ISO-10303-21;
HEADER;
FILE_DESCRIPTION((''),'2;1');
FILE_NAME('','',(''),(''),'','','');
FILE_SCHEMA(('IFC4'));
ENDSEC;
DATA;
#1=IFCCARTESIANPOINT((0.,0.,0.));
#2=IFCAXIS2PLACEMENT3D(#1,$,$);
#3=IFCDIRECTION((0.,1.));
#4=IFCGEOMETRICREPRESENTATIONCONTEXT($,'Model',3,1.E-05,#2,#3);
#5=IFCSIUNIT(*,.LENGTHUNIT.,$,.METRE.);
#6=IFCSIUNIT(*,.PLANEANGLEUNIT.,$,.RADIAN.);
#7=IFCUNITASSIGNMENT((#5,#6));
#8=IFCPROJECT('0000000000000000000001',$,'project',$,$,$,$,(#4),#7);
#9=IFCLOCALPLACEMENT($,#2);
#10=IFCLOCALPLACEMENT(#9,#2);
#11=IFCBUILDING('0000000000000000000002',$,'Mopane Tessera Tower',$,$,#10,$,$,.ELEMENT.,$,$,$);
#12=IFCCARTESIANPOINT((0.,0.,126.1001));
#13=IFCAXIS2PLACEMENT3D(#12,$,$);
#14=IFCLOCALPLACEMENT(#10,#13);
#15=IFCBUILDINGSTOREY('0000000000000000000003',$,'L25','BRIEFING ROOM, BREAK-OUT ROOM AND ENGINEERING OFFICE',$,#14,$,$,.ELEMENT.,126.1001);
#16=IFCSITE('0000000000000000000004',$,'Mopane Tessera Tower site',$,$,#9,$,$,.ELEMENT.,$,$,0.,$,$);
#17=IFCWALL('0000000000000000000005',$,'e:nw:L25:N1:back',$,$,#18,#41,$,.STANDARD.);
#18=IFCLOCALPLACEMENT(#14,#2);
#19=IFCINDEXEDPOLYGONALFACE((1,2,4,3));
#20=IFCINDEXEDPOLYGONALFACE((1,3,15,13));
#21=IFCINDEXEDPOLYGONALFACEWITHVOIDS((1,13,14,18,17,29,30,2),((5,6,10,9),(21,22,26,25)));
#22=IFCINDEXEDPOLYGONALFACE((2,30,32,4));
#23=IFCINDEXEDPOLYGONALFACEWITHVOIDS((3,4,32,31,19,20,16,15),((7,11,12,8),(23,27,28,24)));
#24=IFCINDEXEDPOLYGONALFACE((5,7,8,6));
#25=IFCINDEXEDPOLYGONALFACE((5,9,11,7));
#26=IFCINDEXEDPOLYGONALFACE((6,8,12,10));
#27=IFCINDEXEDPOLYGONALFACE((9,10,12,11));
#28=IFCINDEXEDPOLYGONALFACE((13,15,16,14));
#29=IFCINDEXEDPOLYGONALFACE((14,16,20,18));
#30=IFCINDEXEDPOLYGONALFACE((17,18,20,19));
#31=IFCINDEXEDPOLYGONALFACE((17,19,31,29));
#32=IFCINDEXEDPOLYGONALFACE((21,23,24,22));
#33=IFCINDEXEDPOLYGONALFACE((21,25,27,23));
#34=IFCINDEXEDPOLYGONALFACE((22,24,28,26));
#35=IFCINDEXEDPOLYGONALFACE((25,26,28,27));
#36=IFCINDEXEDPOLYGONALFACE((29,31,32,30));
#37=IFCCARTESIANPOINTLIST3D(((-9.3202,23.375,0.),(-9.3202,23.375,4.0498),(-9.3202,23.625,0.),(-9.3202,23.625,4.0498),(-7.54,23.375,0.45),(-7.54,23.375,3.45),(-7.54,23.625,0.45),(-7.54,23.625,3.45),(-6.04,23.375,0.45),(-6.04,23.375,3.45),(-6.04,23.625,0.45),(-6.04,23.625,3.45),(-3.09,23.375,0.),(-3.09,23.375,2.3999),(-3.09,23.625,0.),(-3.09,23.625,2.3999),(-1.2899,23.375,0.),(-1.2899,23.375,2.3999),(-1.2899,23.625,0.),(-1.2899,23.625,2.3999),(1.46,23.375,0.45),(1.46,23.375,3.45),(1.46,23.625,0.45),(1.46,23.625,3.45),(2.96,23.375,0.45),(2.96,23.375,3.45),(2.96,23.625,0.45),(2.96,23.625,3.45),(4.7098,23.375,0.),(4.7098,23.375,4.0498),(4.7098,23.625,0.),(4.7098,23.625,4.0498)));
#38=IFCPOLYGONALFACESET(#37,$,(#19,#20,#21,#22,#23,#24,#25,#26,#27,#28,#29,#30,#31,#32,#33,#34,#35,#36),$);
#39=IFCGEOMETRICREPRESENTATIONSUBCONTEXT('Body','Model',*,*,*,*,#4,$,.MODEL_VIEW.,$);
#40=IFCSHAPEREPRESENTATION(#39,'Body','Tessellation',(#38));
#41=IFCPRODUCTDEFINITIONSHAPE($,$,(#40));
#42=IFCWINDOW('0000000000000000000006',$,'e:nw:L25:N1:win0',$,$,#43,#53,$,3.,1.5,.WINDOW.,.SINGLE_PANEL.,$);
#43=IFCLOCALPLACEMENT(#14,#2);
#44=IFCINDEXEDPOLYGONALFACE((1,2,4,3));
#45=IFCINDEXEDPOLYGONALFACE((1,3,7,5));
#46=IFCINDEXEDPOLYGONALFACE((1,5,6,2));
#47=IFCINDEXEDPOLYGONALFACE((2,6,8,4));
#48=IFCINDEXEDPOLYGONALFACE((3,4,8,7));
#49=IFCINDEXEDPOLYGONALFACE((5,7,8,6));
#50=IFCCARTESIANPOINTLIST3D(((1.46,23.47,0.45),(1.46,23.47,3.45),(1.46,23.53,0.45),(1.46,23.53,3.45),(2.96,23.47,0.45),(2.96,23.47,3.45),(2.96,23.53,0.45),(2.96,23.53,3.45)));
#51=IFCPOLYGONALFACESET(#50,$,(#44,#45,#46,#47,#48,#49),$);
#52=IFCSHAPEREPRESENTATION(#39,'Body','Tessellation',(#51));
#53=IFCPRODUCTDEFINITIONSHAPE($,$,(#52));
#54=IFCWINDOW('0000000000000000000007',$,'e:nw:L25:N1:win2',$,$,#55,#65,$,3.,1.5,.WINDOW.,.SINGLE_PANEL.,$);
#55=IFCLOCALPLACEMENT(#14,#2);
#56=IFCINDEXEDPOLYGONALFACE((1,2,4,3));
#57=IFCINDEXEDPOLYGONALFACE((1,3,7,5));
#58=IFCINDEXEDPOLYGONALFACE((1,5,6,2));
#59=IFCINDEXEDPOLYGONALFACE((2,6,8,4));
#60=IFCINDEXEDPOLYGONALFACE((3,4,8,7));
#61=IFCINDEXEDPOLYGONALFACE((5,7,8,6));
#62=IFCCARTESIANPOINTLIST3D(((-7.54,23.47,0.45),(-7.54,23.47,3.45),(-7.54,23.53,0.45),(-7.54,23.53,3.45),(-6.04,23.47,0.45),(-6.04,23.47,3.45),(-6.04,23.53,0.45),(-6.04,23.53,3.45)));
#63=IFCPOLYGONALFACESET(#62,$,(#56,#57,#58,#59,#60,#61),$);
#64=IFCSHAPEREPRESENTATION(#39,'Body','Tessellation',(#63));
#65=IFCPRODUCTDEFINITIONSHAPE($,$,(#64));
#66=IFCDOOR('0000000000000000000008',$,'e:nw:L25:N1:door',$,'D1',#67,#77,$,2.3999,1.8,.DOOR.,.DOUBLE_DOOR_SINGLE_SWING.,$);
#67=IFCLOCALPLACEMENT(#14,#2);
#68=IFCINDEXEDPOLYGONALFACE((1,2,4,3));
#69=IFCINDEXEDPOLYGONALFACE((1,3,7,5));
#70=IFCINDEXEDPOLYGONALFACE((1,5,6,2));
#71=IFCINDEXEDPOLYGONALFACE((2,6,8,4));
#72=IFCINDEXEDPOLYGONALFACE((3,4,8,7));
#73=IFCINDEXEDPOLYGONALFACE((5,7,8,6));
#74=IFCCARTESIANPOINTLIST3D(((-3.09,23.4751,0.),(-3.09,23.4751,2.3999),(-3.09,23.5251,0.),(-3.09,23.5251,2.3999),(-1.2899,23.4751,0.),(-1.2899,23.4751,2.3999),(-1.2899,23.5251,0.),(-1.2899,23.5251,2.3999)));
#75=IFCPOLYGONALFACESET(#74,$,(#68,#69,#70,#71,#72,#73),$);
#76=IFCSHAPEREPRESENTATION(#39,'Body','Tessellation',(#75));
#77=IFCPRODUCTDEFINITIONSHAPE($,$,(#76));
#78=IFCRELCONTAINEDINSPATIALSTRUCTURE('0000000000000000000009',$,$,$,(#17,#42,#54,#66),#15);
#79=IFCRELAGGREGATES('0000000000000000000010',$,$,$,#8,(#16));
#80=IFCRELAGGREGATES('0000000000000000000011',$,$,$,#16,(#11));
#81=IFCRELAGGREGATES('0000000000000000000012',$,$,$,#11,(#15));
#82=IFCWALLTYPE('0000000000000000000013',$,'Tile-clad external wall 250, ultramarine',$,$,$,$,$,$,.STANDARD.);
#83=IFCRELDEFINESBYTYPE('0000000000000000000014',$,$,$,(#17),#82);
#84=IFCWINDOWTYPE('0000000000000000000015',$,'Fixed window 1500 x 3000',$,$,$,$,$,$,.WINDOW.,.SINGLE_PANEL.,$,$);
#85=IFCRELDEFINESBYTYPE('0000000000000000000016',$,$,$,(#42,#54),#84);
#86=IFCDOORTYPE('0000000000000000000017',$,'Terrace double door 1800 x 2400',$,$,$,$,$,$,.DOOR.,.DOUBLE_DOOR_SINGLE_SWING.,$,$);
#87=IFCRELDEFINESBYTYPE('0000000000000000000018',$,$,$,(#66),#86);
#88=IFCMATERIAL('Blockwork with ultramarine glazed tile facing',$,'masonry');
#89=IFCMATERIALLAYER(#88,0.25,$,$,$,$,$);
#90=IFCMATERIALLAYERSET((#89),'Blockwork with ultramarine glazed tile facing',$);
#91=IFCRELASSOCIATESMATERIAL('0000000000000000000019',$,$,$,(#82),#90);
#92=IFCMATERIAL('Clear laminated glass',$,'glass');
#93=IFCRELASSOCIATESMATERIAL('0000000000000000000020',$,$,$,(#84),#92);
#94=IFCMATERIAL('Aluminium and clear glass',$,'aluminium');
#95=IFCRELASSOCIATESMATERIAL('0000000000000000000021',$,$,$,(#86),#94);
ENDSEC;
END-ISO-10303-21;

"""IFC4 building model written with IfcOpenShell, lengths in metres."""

from ifc_helpers import new_model, si_unit, direction, frame, frame_2d, origin, place, context, subcontext, project, spatial, rectangle, extrude, material, layer, layer_set, type_object, element, fill, save


model = new_model("IFC4")

# Units and contexts
model_context = context("Model", 3, precision=1e-05, world=origin(), true_north=direction((0.0, 1.0)))
body_context = subcontext(model_context, "Body", "Model", "MODEL_VIEW")
ifc_project = project(units=[si_unit("LENGTHUNIT", "METRE"), si_unit("PLANEANGLEUNIT", "RADIAN")], contexts=[model_context])

# Site, building, storey
site_placement = place(None, origin())
site = spatial("IfcSite", under=ifc_project, at=site_placement, Name="Mopane Tessera Tower site", CompositionType="ELEMENT", RefElevation=0.0)
building_placement = place(site_placement, origin())
building = spatial("IfcBuilding", under=site, at=building_placement, Name="Mopane Tessera Tower", CompositionType="ELEMENT")
storey_placement = place(building_placement, frame((0.0, 0.0, 126.1001)))
storey = spatial("IfcBuildingStorey", under=building, at=storey_placement, Name="L25", Description="BRIEFING ROOM, BREAK-OUT ROOM AND ENGINEERING OFFICE", CompositionType="ELEMENT", Elevation=126.1001)

# Wall, openings, windows, door
ifc_material_1 = material(Name="Blockwork with ultramarine glazed tile facing", Category="masonry")
ifc_layer_1 = layer(ifc_material_1, 0.25)
ifc_layer_set_1 = layer_set([ifc_layer_1], Name="Blockwork with ultramarine glazed tile facing")
wall_type_1 = type_object("IfcWallType", Name="Tile-clad external wall 250, ultramarine", PredefinedType="STANDARD", material=ifc_layer_set_1)
wall_1_placement = place(storey_placement, frame((4.71, 23.5, 0.0), z_axis=(0.0, 0.0, 1.0), x_axis=(-1.0, 0.0, 0.0)))
wall_1 = element("IfcWall", 1, at=wall_1_placement, inside=storey, type_object=wall_type_1, Name="e:nw:L25:N1:back", PredefinedType="STANDARD", context=body_context, shape_type="SweptSolid", body=[
    extrude(rectangle(XDim=14.03, YDim=0.25, at=frame_2d((7.0151, 0.0))), origin(), (0.0, 0.0, 1.0), 4.0498),
])
opening_1_placement = place(wall_1_placement, frame((1.75, 0.0, 0.45)))
opening_1 = element("IfcOpeningElement", 2, at=opening_1_placement, cuts=wall_1, PredefinedType="OPENING", context=body_context, shape_type="SweptSolid", body=[
    extrude(rectangle(XDim=1.5, YDim=3.0, at=frame_2d((0.75, 1.5))), frame((0.0, 0.137, 0.0), z_axis=(0.0, -1.0, 0.0), x_axis=(1.0, 0.0, 0.0)), (0.0, 0.0, 1.0), 0.2739),
])
opening_2_placement = place(wall_1_placement, frame((6.0, 0.0, 0.0)))
opening_2 = element("IfcOpeningElement", 3, at=opening_2_placement, cuts=wall_1, PredefinedType="OPENING", context=body_context, shape_type="SweptSolid", body=[
    extrude(rectangle(XDim=1.8, YDim=2.3999, at=frame_2d((0.8999, 1.2))), frame((0.0, 0.137, 0.0), z_axis=(0.0, -1.0, 0.0), x_axis=(1.0, 0.0, 0.0)), (0.0, 0.0, 1.0), 0.2739),
])
opening_3_placement = place(wall_1_placement, frame((10.75, 0.0, 0.45)))
opening_3 = element("IfcOpeningElement", 4, at=opening_3_placement, cuts=wall_1, PredefinedType="OPENING", context=body_context, shape_type="SweptSolid", body=[
    extrude(rectangle(XDim=1.5, YDim=3.0, at=frame_2d((0.75, 1.5))), frame((0.0, 0.137, 0.0), z_axis=(0.0, -1.0, 0.0), x_axis=(1.0, 0.0, 0.0)), (0.0, 0.0, 1.0), 0.2739),
])
ifc_material_2 = material(Name="Clear laminated glass", Category="glass")
window_type = type_object("IfcWindowType", Name="Fixed window 1500 x 3000", PartitioningType="SINGLE_PANEL", PredefinedType="WINDOW", material=ifc_material_2)
window_1_placement = place(opening_1_placement, origin())
window_1 = element("IfcWindow", 5, at=window_1_placement, inside=storey, type_object=window_type, Name="e:nw:L25:N1:win0", OverallHeight=3.0, OverallWidth=1.5, PartitioningType="SINGLE_PANEL", PredefinedType="WINDOW", context=body_context, shape_type="SweptSolid", body=[
    extrude(rectangle(XDim=1.5, YDim=3.0, at=frame_2d((0.75, 1.5))), frame((0.0, 0.03, 0.0), z_axis=(0.0, -1.0, 0.0), x_axis=(1.0, 0.0, 0.0)), (0.0, 0.0, 1.0), 0.0601),
])
fill(opening_1, window_1)
window_2_placement = place(opening_3_placement, origin())
window_2 = element("IfcWindow", 6, at=window_2_placement, inside=storey, type_object=window_type, Name="e:nw:L25:N1:win2", OverallHeight=3.0, OverallWidth=1.5, PartitioningType="SINGLE_PANEL", PredefinedType="WINDOW", context=body_context, shape_type="SweptSolid", body=[
    extrude(rectangle(XDim=1.5, YDim=3.0, at=frame_2d((0.75, 1.5))), frame((0.0, 0.03, 0.0), z_axis=(0.0, -1.0, 0.0), x_axis=(1.0, 0.0, 0.0)), (0.0, 0.0, 1.0), 0.0601),
])
fill(opening_3, window_2)
ifc_material_3 = material(Name="Aluminium and clear glass", Category="aluminium")
door_type_1 = type_object("IfcDoorType", Name="Terrace double door 1800 x 2400", OperationType="DOUBLE_DOOR_SINGLE_SWING", PredefinedType="DOOR", material=ifc_material_3)
door_1_placement = place(opening_2_placement, origin())
door_1 = element("IfcDoor", 7, at=door_1_placement, inside=storey, type_object=door_type_1, Name="e:nw:L25:N1:door", ObjectType="D1", OperationType="DOUBLE_DOOR_SINGLE_SWING", OverallHeight=2.3999, OverallWidth=1.8, PredefinedType="DOOR", context=body_context, shape_type="SweptSolid", body=[
    extrude(rectangle(XDim=1.8, YDim=2.3999, at=frame_2d((0.8999, 1.2))), frame((0.0, 0.0249, 0.0), z_axis=(0.0, -1.0, 0.0), x_axis=(1.0, 0.0, 0.0)), (0.0, 0.0, 1.0), 0.05),
])
fill(opening_2, door_1)

save(model, "model.ifc")
